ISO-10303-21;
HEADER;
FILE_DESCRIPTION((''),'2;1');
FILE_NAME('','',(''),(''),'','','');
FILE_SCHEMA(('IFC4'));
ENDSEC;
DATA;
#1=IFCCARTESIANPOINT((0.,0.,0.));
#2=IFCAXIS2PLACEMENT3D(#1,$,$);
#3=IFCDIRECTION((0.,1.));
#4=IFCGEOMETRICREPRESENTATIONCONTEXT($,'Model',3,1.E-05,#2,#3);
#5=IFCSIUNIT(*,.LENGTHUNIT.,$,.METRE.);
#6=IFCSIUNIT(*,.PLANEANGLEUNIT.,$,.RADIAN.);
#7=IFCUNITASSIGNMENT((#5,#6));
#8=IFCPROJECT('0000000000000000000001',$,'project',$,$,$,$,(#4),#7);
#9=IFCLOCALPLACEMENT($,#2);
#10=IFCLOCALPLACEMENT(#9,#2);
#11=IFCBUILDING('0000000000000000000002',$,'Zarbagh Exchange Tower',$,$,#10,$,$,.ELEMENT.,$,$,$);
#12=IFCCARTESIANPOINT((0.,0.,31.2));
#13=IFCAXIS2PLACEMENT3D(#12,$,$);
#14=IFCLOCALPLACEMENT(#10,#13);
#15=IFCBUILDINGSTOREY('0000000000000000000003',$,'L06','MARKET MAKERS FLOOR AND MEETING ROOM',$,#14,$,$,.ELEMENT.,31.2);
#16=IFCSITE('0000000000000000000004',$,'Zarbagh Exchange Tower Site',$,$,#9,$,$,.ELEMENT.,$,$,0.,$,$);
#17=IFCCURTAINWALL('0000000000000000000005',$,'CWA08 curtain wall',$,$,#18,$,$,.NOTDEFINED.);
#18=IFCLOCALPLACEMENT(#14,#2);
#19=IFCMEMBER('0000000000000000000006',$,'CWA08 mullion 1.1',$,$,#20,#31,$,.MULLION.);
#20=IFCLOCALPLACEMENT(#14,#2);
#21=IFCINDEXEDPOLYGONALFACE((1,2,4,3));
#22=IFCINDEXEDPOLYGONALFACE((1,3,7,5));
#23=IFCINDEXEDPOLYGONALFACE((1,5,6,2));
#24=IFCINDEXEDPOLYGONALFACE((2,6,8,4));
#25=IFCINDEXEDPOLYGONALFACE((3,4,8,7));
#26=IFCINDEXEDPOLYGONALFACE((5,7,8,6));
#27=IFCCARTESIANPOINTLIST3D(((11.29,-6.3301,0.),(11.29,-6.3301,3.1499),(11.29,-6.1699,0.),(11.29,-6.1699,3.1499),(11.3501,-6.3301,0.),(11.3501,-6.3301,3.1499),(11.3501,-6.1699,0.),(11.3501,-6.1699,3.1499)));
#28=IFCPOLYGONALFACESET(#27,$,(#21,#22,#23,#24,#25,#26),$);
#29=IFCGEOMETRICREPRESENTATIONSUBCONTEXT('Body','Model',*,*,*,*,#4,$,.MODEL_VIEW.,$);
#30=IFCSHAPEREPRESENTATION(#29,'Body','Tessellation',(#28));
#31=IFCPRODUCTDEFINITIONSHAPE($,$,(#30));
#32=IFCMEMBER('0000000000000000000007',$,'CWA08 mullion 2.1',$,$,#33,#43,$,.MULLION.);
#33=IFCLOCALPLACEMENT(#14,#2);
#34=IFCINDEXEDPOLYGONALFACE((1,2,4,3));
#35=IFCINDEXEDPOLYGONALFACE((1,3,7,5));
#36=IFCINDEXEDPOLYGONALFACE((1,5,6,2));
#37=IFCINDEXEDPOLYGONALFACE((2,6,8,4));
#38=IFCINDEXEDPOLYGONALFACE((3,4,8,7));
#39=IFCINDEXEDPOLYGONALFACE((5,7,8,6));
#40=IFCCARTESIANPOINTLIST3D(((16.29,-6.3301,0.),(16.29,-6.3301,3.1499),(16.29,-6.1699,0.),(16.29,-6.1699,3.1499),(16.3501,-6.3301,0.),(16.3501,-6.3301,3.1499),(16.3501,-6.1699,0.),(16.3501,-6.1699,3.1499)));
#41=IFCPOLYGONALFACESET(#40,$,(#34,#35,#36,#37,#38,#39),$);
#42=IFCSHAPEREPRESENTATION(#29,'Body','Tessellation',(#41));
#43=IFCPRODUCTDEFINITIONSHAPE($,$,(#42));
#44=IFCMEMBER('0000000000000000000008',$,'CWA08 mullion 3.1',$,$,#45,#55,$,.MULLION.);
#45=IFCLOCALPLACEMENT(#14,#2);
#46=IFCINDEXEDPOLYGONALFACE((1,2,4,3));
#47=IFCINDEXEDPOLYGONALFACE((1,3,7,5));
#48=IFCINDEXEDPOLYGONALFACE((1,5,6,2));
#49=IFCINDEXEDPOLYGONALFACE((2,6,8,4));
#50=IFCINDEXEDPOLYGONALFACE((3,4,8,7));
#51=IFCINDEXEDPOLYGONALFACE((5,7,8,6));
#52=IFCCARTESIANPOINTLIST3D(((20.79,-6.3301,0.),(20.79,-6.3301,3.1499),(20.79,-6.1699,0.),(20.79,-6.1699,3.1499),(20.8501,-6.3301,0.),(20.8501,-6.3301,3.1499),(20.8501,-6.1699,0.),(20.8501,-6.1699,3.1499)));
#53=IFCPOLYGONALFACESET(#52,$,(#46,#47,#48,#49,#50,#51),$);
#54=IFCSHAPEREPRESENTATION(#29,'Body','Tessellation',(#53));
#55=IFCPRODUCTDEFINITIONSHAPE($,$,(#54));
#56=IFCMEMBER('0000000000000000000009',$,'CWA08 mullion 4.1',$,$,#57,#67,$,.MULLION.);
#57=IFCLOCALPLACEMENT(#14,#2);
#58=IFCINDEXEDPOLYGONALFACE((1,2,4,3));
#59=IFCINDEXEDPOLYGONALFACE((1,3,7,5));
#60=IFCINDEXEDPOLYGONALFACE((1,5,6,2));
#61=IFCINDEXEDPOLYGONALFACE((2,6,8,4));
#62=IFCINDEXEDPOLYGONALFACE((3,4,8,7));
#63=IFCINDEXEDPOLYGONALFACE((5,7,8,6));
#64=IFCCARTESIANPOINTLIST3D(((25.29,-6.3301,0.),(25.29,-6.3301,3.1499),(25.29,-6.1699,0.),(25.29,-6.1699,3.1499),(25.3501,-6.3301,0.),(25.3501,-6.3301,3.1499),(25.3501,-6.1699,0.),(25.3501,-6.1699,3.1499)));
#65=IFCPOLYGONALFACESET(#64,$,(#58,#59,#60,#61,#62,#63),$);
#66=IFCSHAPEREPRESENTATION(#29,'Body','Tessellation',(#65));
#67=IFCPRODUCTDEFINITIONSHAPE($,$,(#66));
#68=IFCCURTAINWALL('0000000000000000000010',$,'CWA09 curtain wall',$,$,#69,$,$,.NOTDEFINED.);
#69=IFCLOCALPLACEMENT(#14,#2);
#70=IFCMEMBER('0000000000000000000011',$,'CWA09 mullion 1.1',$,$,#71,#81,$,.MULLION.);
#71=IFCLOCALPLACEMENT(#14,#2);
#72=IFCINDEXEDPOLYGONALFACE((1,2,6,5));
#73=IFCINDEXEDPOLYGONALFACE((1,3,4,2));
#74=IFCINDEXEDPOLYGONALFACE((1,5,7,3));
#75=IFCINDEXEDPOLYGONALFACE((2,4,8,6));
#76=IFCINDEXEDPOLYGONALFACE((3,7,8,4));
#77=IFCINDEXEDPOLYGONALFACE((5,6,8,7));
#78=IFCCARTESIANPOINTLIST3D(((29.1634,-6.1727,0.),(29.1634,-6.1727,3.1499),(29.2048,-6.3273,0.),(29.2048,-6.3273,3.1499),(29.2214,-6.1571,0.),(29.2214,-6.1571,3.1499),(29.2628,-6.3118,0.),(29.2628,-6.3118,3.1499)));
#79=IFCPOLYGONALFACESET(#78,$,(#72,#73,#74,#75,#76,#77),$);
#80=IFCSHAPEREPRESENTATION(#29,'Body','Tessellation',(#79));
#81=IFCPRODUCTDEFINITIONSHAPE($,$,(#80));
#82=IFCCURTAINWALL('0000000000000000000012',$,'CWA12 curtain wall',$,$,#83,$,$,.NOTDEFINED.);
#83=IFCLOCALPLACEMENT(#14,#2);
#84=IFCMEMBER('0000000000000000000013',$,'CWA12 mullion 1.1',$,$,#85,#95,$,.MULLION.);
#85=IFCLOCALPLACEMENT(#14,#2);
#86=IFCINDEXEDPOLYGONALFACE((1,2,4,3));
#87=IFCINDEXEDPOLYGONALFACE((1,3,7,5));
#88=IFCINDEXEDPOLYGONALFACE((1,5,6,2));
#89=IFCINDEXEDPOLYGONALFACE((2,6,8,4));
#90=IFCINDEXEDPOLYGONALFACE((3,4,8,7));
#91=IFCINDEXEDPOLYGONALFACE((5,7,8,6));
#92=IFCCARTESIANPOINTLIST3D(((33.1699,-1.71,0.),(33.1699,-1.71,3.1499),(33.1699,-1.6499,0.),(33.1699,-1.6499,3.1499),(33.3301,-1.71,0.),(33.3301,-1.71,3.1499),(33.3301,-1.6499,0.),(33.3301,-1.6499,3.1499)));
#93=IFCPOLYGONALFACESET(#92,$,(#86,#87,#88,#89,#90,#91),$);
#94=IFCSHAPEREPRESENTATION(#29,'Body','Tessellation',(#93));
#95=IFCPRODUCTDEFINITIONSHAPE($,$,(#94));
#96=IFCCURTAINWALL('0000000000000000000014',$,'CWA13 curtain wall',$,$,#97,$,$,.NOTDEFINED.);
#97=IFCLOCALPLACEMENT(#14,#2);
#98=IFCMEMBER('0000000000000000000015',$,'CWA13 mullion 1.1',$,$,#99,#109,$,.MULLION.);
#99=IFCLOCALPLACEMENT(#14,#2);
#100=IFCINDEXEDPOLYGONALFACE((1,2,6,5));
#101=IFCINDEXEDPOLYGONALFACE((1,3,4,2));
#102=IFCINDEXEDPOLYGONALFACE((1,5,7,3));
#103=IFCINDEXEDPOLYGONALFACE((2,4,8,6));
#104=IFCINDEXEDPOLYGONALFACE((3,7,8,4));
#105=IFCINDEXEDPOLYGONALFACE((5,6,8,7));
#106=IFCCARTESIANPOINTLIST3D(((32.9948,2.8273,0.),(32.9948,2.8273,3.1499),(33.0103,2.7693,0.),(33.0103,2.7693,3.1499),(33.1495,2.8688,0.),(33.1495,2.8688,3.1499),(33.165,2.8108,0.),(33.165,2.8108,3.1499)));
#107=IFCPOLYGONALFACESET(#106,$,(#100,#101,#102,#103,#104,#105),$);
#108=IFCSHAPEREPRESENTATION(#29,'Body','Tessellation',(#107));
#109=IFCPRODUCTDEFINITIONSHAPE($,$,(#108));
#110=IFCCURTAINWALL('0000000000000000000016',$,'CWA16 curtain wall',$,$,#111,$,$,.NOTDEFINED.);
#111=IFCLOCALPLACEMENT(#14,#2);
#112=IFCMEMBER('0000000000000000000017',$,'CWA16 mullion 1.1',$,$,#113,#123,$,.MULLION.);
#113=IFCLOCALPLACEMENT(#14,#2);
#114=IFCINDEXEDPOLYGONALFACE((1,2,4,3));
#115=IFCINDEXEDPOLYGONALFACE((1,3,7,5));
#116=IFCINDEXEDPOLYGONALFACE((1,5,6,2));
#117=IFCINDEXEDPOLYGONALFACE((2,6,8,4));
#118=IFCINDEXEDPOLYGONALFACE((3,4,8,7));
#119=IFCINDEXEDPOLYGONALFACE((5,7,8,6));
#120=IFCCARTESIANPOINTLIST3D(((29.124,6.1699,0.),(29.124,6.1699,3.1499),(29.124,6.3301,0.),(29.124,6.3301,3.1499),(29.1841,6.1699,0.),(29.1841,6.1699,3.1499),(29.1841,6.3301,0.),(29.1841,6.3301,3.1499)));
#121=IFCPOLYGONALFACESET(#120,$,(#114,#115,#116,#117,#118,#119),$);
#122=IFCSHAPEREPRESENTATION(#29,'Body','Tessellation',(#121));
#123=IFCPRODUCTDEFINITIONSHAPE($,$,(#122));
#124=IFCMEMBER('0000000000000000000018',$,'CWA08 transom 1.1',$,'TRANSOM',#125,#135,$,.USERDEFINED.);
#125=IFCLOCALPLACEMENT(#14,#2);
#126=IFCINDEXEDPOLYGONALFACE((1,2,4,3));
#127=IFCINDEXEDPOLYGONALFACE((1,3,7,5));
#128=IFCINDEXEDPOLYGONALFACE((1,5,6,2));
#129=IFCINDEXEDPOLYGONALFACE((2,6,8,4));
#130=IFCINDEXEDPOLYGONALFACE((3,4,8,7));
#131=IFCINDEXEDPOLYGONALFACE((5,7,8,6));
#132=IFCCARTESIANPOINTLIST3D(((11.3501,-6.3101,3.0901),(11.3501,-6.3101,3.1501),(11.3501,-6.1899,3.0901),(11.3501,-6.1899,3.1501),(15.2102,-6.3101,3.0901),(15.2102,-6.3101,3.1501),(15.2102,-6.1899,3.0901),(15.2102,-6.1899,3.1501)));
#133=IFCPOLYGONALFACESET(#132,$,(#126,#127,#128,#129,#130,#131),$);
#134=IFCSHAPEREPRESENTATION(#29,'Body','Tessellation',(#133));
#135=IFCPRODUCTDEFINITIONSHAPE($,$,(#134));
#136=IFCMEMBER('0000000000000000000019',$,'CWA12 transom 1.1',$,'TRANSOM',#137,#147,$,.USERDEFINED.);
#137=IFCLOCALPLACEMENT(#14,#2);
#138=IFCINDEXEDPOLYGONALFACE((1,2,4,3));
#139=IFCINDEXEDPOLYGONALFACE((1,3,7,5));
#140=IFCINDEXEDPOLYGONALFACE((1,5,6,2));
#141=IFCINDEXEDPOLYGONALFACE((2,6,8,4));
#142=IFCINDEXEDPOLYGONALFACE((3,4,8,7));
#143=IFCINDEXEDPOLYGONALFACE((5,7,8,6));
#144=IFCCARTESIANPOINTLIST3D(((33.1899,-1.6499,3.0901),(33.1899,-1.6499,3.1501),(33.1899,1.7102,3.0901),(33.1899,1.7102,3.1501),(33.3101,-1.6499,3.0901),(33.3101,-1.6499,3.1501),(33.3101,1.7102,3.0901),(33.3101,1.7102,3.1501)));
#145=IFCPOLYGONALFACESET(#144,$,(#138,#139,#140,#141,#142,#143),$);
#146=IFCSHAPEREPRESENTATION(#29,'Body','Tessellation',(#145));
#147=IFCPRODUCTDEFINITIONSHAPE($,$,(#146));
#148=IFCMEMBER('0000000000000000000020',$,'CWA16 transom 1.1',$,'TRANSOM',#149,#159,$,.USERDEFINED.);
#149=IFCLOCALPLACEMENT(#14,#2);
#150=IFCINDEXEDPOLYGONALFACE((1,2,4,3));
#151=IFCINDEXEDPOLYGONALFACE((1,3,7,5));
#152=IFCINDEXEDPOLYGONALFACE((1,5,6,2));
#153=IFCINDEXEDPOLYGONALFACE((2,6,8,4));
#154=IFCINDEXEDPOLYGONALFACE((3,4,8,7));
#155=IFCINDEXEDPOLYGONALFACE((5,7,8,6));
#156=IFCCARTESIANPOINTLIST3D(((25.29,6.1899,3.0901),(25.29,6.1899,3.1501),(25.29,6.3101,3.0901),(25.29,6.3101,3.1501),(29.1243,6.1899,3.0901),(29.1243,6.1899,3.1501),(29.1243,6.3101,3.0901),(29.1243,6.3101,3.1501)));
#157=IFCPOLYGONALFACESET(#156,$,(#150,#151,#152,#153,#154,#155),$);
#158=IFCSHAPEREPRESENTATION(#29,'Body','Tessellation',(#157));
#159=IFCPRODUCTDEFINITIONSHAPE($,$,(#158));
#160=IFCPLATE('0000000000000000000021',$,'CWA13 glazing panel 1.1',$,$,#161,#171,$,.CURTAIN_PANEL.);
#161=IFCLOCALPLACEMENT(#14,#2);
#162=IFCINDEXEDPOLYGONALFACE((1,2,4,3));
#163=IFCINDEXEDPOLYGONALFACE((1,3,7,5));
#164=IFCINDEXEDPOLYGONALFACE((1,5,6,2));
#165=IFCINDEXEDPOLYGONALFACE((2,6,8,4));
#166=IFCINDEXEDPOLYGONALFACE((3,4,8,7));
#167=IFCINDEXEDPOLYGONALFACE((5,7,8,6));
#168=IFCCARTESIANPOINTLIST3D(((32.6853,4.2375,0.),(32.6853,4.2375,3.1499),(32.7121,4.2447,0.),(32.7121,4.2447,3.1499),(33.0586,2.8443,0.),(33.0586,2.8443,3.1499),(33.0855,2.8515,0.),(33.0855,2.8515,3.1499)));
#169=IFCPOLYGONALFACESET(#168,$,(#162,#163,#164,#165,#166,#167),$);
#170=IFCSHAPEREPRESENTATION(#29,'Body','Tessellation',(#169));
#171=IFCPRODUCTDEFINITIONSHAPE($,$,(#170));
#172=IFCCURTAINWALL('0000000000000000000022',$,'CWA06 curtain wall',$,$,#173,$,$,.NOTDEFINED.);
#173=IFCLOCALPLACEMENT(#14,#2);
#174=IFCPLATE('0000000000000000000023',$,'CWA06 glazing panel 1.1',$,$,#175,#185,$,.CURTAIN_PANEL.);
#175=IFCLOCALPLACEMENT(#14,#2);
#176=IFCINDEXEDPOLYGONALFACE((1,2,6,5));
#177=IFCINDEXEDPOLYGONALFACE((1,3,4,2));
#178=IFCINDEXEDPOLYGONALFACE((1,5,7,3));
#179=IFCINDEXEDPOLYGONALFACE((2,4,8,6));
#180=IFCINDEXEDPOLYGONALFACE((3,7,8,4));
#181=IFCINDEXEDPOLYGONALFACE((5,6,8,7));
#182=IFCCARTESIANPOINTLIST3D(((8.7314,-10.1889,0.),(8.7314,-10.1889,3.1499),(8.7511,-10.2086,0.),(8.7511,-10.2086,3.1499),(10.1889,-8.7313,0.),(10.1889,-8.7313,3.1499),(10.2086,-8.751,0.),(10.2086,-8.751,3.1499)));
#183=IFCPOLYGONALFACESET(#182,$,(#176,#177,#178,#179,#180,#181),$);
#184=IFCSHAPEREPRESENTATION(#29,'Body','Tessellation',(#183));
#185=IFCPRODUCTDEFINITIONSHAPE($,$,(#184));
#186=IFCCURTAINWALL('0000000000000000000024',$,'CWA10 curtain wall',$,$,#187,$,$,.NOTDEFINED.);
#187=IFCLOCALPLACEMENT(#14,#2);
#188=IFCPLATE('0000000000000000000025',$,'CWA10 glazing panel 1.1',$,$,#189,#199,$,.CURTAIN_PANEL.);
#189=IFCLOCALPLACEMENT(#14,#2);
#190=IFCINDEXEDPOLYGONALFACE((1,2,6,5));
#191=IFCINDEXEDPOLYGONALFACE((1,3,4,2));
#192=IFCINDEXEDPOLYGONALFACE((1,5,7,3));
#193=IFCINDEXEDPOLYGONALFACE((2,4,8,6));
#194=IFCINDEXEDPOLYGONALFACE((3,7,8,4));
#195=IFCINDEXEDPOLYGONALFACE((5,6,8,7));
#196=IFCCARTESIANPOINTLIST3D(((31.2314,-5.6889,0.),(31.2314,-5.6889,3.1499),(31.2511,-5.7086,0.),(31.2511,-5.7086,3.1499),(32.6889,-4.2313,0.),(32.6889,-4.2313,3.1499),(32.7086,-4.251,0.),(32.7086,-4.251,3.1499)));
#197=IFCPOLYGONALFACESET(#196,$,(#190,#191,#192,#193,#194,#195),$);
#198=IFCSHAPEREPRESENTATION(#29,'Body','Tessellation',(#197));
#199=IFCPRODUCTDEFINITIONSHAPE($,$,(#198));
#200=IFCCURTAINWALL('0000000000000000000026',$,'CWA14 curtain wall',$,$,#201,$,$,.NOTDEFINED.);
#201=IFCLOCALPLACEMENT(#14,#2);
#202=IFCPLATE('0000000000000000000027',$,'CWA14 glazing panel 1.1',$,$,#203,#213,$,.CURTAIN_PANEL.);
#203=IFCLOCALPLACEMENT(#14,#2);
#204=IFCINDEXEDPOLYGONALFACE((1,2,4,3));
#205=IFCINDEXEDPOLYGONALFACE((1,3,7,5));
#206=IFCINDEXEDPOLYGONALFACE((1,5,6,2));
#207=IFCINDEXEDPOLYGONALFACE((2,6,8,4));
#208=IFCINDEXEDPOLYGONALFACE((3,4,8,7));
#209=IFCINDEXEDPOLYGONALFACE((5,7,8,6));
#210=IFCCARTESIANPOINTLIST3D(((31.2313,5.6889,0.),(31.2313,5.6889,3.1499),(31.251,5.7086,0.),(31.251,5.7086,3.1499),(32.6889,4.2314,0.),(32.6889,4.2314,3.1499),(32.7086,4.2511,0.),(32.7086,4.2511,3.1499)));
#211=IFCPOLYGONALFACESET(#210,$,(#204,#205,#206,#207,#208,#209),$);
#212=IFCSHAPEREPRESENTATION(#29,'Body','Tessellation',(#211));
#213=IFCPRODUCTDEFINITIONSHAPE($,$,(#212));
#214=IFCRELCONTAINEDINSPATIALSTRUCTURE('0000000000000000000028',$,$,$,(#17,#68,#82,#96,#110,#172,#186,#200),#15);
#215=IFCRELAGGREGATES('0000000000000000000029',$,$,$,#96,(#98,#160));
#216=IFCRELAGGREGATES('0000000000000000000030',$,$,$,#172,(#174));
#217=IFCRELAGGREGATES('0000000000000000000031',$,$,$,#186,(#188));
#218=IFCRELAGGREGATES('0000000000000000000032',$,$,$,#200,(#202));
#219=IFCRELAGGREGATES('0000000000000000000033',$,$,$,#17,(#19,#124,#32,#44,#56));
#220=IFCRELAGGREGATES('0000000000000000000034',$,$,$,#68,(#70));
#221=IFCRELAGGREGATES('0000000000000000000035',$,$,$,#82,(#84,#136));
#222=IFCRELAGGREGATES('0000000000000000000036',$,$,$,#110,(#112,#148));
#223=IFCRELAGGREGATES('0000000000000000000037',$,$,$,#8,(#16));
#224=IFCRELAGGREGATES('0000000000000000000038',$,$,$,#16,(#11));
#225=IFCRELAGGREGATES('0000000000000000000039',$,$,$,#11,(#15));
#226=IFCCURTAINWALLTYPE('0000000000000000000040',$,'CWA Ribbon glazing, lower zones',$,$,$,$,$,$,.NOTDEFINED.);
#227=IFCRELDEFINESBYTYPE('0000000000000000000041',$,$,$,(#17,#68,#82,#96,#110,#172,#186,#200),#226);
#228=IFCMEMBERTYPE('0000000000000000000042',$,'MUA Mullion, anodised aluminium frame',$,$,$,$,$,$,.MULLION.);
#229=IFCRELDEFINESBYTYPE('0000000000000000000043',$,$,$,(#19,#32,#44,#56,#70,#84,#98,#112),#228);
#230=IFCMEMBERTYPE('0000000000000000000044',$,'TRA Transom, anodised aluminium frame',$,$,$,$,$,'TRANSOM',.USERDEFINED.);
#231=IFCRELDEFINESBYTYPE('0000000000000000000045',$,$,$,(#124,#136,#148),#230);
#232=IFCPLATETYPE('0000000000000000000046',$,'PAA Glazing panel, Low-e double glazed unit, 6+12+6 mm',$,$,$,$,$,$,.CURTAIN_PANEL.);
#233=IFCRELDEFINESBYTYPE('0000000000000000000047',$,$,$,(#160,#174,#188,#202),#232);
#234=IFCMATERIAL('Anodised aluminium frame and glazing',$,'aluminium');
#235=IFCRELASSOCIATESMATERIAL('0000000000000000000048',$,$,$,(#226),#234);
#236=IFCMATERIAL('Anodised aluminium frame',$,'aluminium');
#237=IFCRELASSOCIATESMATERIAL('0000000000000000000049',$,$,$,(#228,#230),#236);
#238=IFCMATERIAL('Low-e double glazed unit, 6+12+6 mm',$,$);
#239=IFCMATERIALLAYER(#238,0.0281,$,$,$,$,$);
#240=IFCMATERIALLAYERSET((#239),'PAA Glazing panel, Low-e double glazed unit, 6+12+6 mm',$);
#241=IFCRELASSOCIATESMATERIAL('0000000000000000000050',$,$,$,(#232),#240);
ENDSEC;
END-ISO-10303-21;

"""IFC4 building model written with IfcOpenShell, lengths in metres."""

from ifc_helpers import new_model, si_unit, direction, frame, origin, place, context, subcontext, project, spatial, polyline, outline, extrude, source, transform, mapped, material, layer, layer_set, type_object, element, aggregate, save


model = new_model("IFC4")

# Units and contexts
model_context = context("Model", 3, precision=1e-05, world=origin(), true_north=direction((0.0, 1.0)))
body_context = subcontext(model_context, "Body", "Model", "MODEL_VIEW")
ifc_project = project(units=[si_unit("LENGTHUNIT", "METRE"), si_unit("PLANEANGLEUNIT", "RADIAN")], contexts=[model_context])

# Site, building, storey
site_placement = place(None, origin())
site = spatial("IfcSite", under=ifc_project, at=site_placement, Name="Zarbagh Exchange Tower Site", CompositionType="ELEMENT", RefElevation=0.0)
building_placement = place(site_placement, origin())
building = spatial("IfcBuilding", under=site, at=building_placement, Name="Zarbagh Exchange Tower", CompositionType="ELEMENT")
storey_placement = place(building_placement, frame((0.0, 0.0, 31.2)))
storey = spatial("IfcBuildingStorey", under=building, at=storey_placement, Name="L06", Description="MARKET MAKERS FLOOR AND MEETING ROOM", CompositionType="ELEMENT", Elevation=31.2)

# Curtain wall, members
ifc_material_1 = material(Name="Anodised aluminium frame and glazing", Category="aluminium")
curtain_wall_type = type_object("IfcCurtainWallType", Name="CWA Ribbon glazing, lower zones", PredefinedType="NOTDEFINED", material=ifc_material_1)
curtain_wall_1_placement = place(storey_placement, origin())
curtain_wall_1 = element("IfcCurtainWall", 1, at=curtain_wall_1_placement, inside=storey, type_object=curtain_wall_type, Name="CWA08 curtain wall", PredefinedType="NOTDEFINED")
ifc_material_2 = material(Name="Anodised aluminium frame", Category="aluminium")
member_type_1 = type_object("IfcMemberType", Name="MUA Mullion, anodised aluminium frame", PredefinedType="MULLION", material=ifc_material_2)
shared_shape_1 = source(origin(), body_context, "Body", "SweptSolid", [
    extrude(outline(polyline([(0.0, -0.0801), (0.0601, -0.0801), (0.0601, 0.0801), (0.0, 0.0801), (0.0, -0.0801)])), origin(), (0.0, 0.0, 1.0), 3.1499),
])
placement = place(storey_placement, origin())
member_1 = element("IfcMember", 2, at=placement, type_object=member_type_1, Name="CWA08 mullion 1.1", PredefinedType="MULLION", context=body_context, shape_type="MappedRepresentation", body=[
    mapped(shared_shape_1, transform((11.29, -6.25, 0.0), x_axis=(1.0, 0.0, 0.0), y_axis=(0.0, 1.0, 0.0), z_axis=(0.0, 0.0, 1.0))),
])
member_2 = element("IfcMember", 3, at=placement, type_object=member_type_1, Name="CWA08 mullion 2.1", PredefinedType="MULLION", context=body_context, shape_type="MappedRepresentation", body=[
    mapped(shared_shape_1, transform((16.29, -6.25, 0.0), x_axis=(1.0, 0.0, 0.0), y_axis=(0.0, 1.0, 0.0), z_axis=(0.0, 0.0, 1.0))),
])
member_3 = element("IfcMember", 4, at=placement, type_object=member_type_1, Name="CWA08 mullion 3.1", PredefinedType="MULLION", context=body_context, shape_type="MappedRepresentation", body=[
    mapped(shared_shape_1, transform((20.79, -6.25, 0.0), x_axis=(1.0, 0.0, 0.0), y_axis=(0.0, 1.0, 0.0), z_axis=(0.0, 0.0, 1.0))),
])
member_4 = element("IfcMember", 5, at=placement, type_object=member_type_1, Name="CWA08 mullion 4.1", PredefinedType="MULLION", context=body_context, shape_type="MappedRepresentation", body=[
    mapped(shared_shape_1, transform((25.29, -6.25, 0.0), x_axis=(1.0, 0.0, 0.0), y_axis=(0.0, 1.0, 0.0), z_axis=(0.0, 0.0, 1.0))),
])

# Curtain walls, members
curtain_wall_2_placement = place(storey_placement, origin())
curtain_wall_2 = element("IfcCurtainWall", 6, at=curtain_wall_2_placement, inside=storey, type_object=curtain_wall_type, Name="CWA09 curtain wall", PredefinedType="NOTDEFINED")
member_5 = element("IfcMember", 7, at=placement, type_object=member_type_1, Name="CWA09 mullion 1.1", PredefinedType="MULLION", context=body_context, shape_type="MappedRepresentation", body=[
    mapped(shared_shape_1, transform((29.1841, -6.25, 0.0), x_axis=(0.965924, 0.258825, 0.0), y_axis=(-0.258825, 0.965924, 0.0), z_axis=(0.0, 0.0, 1.0))),
])
curtain_wall_3_placement = place(storey_placement, origin())
curtain_wall_3 = element("IfcCurtainWall", 8, at=curtain_wall_3_placement, inside=storey, type_object=curtain_wall_type, Name="CWA12 curtain wall", PredefinedType="NOTDEFINED")
member_6 = element("IfcMember", 9, at=placement, type_object=member_type_1, Name="CWA12 mullion 1.1", PredefinedType="MULLION", context=body_context, shape_type="MappedRepresentation", body=[
    mapped(shared_shape_1, transform((33.25, -1.71, 0.0), x_axis=(0.0, 1.0, 0.0), y_axis=(-1.0, 0.0, 0.0), z_axis=(0.0, 0.0, 1.0))),
])
curtain_wall_4_placement = place(storey_placement, origin())
curtain_wall_4 = element("IfcCurtainWall", 10, at=curtain_wall_4_placement, inside=storey, type_object=curtain_wall_type, Name="CWA13 curtain wall", PredefinedType="NOTDEFINED")
member_7 = element("IfcMember", 11, at=placement, type_object=member_type_1, Name="CWA13 mullion 1.1", PredefinedType="MULLION", context=body_context, shape_type="MappedRepresentation", body=[
    mapped(shared_shape_1, transform((33.0876, 2.79, 0.0), x_axis=(-0.258825, 0.965924, 0.0), y_axis=(-0.965924, -0.258825, 0.0), z_axis=(0.0, 0.0, 1.0))),
])
curtain_wall_5_placement = place(storey_placement, origin())
curtain_wall_5 = element("IfcCurtainWall", 12, at=curtain_wall_5_placement, inside=storey, type_object=curtain_wall_type, Name="CWA16 curtain wall", PredefinedType="NOTDEFINED")
member_8 = element("IfcMember", 13, at=placement, type_object=member_type_1, Name="CWA16 mullion 1.1", PredefinedType="MULLION", context=body_context, shape_type="MappedRepresentation", body=[
    mapped(shared_shape_1, transform((29.1841, 6.25, 0.0), x_axis=(-1.0, 0.0, 0.0), y_axis=(0.0, -1.0, 0.0), z_axis=(0.0, 0.0, 1.0))),
])

# Members
member_type_2 = type_object("IfcMemberType", Name="TRA Transom, anodised aluminium frame", ElementType="TRANSOM", PredefinedType="USERDEFINED", material=ifc_material_2)
shared_shape_2 = source(origin(), body_context, "Body", "SweptSolid", [
    extrude(outline(polyline([(-0.0601, -0.0601), (0.0, -0.0601), (0.0, 0.0601), (-0.0601, 0.0601), (-0.0601, -0.0601)])), origin(), (0.0, 0.0, 1.0), 3.8601),
])
member_9 = element("IfcMember", 14, at=placement, type_object=member_type_2, Name="CWA08 transom 1.1", ObjectType="TRANSOM", PredefinedType="USERDEFINED", context=body_context, shape_type="MappedRepresentation", body=[
    mapped(shared_shape_2, transform((11.3501, -6.25, 3.1501), x_axis=(0.0, 0.0, 1.0), y_axis=(0.0, -1.0, 0.0), z_axis=(1.0, 0.0, 0.0))),
])
shared_shape_3 = source(origin(), body_context, "Body", "SweptSolid", [
    extrude(outline(polyline([(-0.0601, -0.0601), (0.0, -0.0601), (0.0, 0.0601), (-0.0601, 0.0601), (-0.0601, -0.0601)])), origin(), (0.0, 0.0, 1.0), 3.3601),
])
member_10 = element("IfcMember", 15, at=placement, type_object=member_type_2, Name="CWA12 transom 1.1", ObjectType="TRANSOM", PredefinedType="USERDEFINED", context=body_context, shape_type="MappedRepresentation", body=[
    mapped(shared_shape_3, transform((33.25, -1.6499, 3.1501), x_axis=(0.0, 0.0, 1.0), y_axis=(1.0, 0.0, 0.0), z_axis=(0.0, 1.0, 0.0))),
])
shared_shape_4 = source(origin(), body_context, "Body", "SweptSolid", [
    extrude(outline(polyline([(-0.0601, -0.0601), (0.0, -0.0601), (0.0, 0.0601), (-0.0601, 0.0601), (-0.0601, -0.0601)])), origin(), (0.0, 0.0, 1.0), 3.8342),
])
member_11 = element("IfcMember", 16, at=placement, type_object=member_type_2, Name="CWA16 transom 1.1", ObjectType="TRANSOM", PredefinedType="USERDEFINED", context=body_context, shape_type="MappedRepresentation", body=[
    mapped(shared_shape_4, transform((29.1243, 6.25, 3.1501), x_axis=(0.0, 0.0, 1.0), y_axis=(0.0, 1.0, 0.0), z_axis=(-1.0, 0.0, 0.0))),
])

# Plate
ifc_material_3 = material(Name="Low-e double glazed unit, 6+12+6 mm")
ifc_layer = layer(ifc_material_3, 0.0281)
ifc_layer_set = layer_set([ifc_layer], Name="PAA Glazing panel, Low-e double glazed unit, 6+12+6 mm")
plate_type = type_object("IfcPlateType", Name="PAA Glazing panel, Low-e double glazed unit, 6+12+6 mm", PredefinedType="CURTAIN_PANEL", material=ifc_layer_set)
shared_shape_5 = source(origin(), body_context, "Body", "SweptSolid", [
    extrude(outline(polyline([(0.0, -0.0139), (1.4424, -0.0139), (1.4424, 0.0139), (0.0, 0.0139), (0.0, -0.0139)])), origin(), (0.0, 0.0, 1.0), 3.1499),
])
plate_1 = element("IfcPlate", 17, at=placement, type_object=plate_type, Name="CWA13 glazing panel 1.1", PredefinedType="CURTAIN_PANEL", context=body_context, shape_type="MappedRepresentation", body=[
    mapped(shared_shape_5, transform((33.072, 2.8479, 0.0), x_axis=(-0.258825, 0.965924, 0.0), y_axis=(-0.965924, -0.258825, 0.0), z_axis=(0.0, 0.0, 1.0))),
])
aggregate(curtain_wall_4, [member_7, plate_1])

# Curtain walls, plates
curtain_wall_6_placement = place(storey_placement, origin())
curtain_wall_6 = element("IfcCurtainWall", 18, at=curtain_wall_6_placement, inside=storey, type_object=curtain_wall_type, Name="CWA06 curtain wall", PredefinedType="NOTDEFINED")
shared_shape_6 = source(origin(), body_context, "Body", "SweptSolid", [
    extrude(outline(polyline([(0.0, -0.0139), (2.0613, -0.0139), (2.0613, 0.0139), (0.0, 0.0139), (0.0, -0.0139)])), origin(), (0.0, 0.0, 1.0), 3.1499),
])
plate_2 = element("IfcPlate", 19, at=placement, type_object=plate_type, Name="CWA06 glazing panel 1.1", PredefinedType="CURTAIN_PANEL", context=body_context, shape_type="MappedRepresentation", body=[
    mapped(shared_shape_6, transform((8.7412, -10.1987, 0.0), x_axis=(0.707107, 0.707107, 0.0), y_axis=(-0.707107, 0.707107, 0.0), z_axis=(0.0, 0.0, 1.0))),
])
aggregate(curtain_wall_6, [plate_2])
curtain_wall_7_placement = place(storey_placement, origin())
curtain_wall_7 = element("IfcCurtainWall", 20, at=curtain_wall_7_placement, inside=storey, type_object=curtain_wall_type, Name="CWA10 curtain wall", PredefinedType="NOTDEFINED")
plate_3 = element("IfcPlate", 21, at=placement, type_object=plate_type, Name="CWA10 glazing panel 1.1", PredefinedType="CURTAIN_PANEL", context=body_context, shape_type="MappedRepresentation", body=[
    mapped(shared_shape_6, transform((31.2412, -5.6987, 0.0), x_axis=(0.707107, 0.707107, 0.0), y_axis=(-0.707107, 0.707107, 0.0), z_axis=(0.0, 0.0, 1.0))),
])
aggregate(curtain_wall_7, [plate_3])
curtain_wall_8_placement = place(storey_placement, origin())
curtain_wall_8 = element("IfcCurtainWall", 22, at=curtain_wall_8_placement, inside=storey, type_object=curtain_wall_type, Name="CWA14 curtain wall", PredefinedType="NOTDEFINED")
plate_4 = element("IfcPlate", 23, at=placement, type_object=plate_type, Name="CWA14 glazing panel 1.1", PredefinedType="CURTAIN_PANEL", context=body_context, shape_type="MappedRepresentation", body=[
    mapped(shared_shape_6, transform((32.6987, 4.2412, 0.0), x_axis=(-0.707107, 0.707107, 0.0), y_axis=(-0.707107, -0.707107, 0.0), z_axis=(0.0, 0.0, 1.0))),
])
aggregate(curtain_wall_8, [plate_4])

aggregate(curtain_wall_1, [member_1, member_9, member_2, member_3, member_4])
aggregate(curtain_wall_2, [member_5])

aggregate(curtain_wall_3, [member_6, member_10])
aggregate(curtain_wall_5, [member_8, member_11])

save(model, "model.ifc")
